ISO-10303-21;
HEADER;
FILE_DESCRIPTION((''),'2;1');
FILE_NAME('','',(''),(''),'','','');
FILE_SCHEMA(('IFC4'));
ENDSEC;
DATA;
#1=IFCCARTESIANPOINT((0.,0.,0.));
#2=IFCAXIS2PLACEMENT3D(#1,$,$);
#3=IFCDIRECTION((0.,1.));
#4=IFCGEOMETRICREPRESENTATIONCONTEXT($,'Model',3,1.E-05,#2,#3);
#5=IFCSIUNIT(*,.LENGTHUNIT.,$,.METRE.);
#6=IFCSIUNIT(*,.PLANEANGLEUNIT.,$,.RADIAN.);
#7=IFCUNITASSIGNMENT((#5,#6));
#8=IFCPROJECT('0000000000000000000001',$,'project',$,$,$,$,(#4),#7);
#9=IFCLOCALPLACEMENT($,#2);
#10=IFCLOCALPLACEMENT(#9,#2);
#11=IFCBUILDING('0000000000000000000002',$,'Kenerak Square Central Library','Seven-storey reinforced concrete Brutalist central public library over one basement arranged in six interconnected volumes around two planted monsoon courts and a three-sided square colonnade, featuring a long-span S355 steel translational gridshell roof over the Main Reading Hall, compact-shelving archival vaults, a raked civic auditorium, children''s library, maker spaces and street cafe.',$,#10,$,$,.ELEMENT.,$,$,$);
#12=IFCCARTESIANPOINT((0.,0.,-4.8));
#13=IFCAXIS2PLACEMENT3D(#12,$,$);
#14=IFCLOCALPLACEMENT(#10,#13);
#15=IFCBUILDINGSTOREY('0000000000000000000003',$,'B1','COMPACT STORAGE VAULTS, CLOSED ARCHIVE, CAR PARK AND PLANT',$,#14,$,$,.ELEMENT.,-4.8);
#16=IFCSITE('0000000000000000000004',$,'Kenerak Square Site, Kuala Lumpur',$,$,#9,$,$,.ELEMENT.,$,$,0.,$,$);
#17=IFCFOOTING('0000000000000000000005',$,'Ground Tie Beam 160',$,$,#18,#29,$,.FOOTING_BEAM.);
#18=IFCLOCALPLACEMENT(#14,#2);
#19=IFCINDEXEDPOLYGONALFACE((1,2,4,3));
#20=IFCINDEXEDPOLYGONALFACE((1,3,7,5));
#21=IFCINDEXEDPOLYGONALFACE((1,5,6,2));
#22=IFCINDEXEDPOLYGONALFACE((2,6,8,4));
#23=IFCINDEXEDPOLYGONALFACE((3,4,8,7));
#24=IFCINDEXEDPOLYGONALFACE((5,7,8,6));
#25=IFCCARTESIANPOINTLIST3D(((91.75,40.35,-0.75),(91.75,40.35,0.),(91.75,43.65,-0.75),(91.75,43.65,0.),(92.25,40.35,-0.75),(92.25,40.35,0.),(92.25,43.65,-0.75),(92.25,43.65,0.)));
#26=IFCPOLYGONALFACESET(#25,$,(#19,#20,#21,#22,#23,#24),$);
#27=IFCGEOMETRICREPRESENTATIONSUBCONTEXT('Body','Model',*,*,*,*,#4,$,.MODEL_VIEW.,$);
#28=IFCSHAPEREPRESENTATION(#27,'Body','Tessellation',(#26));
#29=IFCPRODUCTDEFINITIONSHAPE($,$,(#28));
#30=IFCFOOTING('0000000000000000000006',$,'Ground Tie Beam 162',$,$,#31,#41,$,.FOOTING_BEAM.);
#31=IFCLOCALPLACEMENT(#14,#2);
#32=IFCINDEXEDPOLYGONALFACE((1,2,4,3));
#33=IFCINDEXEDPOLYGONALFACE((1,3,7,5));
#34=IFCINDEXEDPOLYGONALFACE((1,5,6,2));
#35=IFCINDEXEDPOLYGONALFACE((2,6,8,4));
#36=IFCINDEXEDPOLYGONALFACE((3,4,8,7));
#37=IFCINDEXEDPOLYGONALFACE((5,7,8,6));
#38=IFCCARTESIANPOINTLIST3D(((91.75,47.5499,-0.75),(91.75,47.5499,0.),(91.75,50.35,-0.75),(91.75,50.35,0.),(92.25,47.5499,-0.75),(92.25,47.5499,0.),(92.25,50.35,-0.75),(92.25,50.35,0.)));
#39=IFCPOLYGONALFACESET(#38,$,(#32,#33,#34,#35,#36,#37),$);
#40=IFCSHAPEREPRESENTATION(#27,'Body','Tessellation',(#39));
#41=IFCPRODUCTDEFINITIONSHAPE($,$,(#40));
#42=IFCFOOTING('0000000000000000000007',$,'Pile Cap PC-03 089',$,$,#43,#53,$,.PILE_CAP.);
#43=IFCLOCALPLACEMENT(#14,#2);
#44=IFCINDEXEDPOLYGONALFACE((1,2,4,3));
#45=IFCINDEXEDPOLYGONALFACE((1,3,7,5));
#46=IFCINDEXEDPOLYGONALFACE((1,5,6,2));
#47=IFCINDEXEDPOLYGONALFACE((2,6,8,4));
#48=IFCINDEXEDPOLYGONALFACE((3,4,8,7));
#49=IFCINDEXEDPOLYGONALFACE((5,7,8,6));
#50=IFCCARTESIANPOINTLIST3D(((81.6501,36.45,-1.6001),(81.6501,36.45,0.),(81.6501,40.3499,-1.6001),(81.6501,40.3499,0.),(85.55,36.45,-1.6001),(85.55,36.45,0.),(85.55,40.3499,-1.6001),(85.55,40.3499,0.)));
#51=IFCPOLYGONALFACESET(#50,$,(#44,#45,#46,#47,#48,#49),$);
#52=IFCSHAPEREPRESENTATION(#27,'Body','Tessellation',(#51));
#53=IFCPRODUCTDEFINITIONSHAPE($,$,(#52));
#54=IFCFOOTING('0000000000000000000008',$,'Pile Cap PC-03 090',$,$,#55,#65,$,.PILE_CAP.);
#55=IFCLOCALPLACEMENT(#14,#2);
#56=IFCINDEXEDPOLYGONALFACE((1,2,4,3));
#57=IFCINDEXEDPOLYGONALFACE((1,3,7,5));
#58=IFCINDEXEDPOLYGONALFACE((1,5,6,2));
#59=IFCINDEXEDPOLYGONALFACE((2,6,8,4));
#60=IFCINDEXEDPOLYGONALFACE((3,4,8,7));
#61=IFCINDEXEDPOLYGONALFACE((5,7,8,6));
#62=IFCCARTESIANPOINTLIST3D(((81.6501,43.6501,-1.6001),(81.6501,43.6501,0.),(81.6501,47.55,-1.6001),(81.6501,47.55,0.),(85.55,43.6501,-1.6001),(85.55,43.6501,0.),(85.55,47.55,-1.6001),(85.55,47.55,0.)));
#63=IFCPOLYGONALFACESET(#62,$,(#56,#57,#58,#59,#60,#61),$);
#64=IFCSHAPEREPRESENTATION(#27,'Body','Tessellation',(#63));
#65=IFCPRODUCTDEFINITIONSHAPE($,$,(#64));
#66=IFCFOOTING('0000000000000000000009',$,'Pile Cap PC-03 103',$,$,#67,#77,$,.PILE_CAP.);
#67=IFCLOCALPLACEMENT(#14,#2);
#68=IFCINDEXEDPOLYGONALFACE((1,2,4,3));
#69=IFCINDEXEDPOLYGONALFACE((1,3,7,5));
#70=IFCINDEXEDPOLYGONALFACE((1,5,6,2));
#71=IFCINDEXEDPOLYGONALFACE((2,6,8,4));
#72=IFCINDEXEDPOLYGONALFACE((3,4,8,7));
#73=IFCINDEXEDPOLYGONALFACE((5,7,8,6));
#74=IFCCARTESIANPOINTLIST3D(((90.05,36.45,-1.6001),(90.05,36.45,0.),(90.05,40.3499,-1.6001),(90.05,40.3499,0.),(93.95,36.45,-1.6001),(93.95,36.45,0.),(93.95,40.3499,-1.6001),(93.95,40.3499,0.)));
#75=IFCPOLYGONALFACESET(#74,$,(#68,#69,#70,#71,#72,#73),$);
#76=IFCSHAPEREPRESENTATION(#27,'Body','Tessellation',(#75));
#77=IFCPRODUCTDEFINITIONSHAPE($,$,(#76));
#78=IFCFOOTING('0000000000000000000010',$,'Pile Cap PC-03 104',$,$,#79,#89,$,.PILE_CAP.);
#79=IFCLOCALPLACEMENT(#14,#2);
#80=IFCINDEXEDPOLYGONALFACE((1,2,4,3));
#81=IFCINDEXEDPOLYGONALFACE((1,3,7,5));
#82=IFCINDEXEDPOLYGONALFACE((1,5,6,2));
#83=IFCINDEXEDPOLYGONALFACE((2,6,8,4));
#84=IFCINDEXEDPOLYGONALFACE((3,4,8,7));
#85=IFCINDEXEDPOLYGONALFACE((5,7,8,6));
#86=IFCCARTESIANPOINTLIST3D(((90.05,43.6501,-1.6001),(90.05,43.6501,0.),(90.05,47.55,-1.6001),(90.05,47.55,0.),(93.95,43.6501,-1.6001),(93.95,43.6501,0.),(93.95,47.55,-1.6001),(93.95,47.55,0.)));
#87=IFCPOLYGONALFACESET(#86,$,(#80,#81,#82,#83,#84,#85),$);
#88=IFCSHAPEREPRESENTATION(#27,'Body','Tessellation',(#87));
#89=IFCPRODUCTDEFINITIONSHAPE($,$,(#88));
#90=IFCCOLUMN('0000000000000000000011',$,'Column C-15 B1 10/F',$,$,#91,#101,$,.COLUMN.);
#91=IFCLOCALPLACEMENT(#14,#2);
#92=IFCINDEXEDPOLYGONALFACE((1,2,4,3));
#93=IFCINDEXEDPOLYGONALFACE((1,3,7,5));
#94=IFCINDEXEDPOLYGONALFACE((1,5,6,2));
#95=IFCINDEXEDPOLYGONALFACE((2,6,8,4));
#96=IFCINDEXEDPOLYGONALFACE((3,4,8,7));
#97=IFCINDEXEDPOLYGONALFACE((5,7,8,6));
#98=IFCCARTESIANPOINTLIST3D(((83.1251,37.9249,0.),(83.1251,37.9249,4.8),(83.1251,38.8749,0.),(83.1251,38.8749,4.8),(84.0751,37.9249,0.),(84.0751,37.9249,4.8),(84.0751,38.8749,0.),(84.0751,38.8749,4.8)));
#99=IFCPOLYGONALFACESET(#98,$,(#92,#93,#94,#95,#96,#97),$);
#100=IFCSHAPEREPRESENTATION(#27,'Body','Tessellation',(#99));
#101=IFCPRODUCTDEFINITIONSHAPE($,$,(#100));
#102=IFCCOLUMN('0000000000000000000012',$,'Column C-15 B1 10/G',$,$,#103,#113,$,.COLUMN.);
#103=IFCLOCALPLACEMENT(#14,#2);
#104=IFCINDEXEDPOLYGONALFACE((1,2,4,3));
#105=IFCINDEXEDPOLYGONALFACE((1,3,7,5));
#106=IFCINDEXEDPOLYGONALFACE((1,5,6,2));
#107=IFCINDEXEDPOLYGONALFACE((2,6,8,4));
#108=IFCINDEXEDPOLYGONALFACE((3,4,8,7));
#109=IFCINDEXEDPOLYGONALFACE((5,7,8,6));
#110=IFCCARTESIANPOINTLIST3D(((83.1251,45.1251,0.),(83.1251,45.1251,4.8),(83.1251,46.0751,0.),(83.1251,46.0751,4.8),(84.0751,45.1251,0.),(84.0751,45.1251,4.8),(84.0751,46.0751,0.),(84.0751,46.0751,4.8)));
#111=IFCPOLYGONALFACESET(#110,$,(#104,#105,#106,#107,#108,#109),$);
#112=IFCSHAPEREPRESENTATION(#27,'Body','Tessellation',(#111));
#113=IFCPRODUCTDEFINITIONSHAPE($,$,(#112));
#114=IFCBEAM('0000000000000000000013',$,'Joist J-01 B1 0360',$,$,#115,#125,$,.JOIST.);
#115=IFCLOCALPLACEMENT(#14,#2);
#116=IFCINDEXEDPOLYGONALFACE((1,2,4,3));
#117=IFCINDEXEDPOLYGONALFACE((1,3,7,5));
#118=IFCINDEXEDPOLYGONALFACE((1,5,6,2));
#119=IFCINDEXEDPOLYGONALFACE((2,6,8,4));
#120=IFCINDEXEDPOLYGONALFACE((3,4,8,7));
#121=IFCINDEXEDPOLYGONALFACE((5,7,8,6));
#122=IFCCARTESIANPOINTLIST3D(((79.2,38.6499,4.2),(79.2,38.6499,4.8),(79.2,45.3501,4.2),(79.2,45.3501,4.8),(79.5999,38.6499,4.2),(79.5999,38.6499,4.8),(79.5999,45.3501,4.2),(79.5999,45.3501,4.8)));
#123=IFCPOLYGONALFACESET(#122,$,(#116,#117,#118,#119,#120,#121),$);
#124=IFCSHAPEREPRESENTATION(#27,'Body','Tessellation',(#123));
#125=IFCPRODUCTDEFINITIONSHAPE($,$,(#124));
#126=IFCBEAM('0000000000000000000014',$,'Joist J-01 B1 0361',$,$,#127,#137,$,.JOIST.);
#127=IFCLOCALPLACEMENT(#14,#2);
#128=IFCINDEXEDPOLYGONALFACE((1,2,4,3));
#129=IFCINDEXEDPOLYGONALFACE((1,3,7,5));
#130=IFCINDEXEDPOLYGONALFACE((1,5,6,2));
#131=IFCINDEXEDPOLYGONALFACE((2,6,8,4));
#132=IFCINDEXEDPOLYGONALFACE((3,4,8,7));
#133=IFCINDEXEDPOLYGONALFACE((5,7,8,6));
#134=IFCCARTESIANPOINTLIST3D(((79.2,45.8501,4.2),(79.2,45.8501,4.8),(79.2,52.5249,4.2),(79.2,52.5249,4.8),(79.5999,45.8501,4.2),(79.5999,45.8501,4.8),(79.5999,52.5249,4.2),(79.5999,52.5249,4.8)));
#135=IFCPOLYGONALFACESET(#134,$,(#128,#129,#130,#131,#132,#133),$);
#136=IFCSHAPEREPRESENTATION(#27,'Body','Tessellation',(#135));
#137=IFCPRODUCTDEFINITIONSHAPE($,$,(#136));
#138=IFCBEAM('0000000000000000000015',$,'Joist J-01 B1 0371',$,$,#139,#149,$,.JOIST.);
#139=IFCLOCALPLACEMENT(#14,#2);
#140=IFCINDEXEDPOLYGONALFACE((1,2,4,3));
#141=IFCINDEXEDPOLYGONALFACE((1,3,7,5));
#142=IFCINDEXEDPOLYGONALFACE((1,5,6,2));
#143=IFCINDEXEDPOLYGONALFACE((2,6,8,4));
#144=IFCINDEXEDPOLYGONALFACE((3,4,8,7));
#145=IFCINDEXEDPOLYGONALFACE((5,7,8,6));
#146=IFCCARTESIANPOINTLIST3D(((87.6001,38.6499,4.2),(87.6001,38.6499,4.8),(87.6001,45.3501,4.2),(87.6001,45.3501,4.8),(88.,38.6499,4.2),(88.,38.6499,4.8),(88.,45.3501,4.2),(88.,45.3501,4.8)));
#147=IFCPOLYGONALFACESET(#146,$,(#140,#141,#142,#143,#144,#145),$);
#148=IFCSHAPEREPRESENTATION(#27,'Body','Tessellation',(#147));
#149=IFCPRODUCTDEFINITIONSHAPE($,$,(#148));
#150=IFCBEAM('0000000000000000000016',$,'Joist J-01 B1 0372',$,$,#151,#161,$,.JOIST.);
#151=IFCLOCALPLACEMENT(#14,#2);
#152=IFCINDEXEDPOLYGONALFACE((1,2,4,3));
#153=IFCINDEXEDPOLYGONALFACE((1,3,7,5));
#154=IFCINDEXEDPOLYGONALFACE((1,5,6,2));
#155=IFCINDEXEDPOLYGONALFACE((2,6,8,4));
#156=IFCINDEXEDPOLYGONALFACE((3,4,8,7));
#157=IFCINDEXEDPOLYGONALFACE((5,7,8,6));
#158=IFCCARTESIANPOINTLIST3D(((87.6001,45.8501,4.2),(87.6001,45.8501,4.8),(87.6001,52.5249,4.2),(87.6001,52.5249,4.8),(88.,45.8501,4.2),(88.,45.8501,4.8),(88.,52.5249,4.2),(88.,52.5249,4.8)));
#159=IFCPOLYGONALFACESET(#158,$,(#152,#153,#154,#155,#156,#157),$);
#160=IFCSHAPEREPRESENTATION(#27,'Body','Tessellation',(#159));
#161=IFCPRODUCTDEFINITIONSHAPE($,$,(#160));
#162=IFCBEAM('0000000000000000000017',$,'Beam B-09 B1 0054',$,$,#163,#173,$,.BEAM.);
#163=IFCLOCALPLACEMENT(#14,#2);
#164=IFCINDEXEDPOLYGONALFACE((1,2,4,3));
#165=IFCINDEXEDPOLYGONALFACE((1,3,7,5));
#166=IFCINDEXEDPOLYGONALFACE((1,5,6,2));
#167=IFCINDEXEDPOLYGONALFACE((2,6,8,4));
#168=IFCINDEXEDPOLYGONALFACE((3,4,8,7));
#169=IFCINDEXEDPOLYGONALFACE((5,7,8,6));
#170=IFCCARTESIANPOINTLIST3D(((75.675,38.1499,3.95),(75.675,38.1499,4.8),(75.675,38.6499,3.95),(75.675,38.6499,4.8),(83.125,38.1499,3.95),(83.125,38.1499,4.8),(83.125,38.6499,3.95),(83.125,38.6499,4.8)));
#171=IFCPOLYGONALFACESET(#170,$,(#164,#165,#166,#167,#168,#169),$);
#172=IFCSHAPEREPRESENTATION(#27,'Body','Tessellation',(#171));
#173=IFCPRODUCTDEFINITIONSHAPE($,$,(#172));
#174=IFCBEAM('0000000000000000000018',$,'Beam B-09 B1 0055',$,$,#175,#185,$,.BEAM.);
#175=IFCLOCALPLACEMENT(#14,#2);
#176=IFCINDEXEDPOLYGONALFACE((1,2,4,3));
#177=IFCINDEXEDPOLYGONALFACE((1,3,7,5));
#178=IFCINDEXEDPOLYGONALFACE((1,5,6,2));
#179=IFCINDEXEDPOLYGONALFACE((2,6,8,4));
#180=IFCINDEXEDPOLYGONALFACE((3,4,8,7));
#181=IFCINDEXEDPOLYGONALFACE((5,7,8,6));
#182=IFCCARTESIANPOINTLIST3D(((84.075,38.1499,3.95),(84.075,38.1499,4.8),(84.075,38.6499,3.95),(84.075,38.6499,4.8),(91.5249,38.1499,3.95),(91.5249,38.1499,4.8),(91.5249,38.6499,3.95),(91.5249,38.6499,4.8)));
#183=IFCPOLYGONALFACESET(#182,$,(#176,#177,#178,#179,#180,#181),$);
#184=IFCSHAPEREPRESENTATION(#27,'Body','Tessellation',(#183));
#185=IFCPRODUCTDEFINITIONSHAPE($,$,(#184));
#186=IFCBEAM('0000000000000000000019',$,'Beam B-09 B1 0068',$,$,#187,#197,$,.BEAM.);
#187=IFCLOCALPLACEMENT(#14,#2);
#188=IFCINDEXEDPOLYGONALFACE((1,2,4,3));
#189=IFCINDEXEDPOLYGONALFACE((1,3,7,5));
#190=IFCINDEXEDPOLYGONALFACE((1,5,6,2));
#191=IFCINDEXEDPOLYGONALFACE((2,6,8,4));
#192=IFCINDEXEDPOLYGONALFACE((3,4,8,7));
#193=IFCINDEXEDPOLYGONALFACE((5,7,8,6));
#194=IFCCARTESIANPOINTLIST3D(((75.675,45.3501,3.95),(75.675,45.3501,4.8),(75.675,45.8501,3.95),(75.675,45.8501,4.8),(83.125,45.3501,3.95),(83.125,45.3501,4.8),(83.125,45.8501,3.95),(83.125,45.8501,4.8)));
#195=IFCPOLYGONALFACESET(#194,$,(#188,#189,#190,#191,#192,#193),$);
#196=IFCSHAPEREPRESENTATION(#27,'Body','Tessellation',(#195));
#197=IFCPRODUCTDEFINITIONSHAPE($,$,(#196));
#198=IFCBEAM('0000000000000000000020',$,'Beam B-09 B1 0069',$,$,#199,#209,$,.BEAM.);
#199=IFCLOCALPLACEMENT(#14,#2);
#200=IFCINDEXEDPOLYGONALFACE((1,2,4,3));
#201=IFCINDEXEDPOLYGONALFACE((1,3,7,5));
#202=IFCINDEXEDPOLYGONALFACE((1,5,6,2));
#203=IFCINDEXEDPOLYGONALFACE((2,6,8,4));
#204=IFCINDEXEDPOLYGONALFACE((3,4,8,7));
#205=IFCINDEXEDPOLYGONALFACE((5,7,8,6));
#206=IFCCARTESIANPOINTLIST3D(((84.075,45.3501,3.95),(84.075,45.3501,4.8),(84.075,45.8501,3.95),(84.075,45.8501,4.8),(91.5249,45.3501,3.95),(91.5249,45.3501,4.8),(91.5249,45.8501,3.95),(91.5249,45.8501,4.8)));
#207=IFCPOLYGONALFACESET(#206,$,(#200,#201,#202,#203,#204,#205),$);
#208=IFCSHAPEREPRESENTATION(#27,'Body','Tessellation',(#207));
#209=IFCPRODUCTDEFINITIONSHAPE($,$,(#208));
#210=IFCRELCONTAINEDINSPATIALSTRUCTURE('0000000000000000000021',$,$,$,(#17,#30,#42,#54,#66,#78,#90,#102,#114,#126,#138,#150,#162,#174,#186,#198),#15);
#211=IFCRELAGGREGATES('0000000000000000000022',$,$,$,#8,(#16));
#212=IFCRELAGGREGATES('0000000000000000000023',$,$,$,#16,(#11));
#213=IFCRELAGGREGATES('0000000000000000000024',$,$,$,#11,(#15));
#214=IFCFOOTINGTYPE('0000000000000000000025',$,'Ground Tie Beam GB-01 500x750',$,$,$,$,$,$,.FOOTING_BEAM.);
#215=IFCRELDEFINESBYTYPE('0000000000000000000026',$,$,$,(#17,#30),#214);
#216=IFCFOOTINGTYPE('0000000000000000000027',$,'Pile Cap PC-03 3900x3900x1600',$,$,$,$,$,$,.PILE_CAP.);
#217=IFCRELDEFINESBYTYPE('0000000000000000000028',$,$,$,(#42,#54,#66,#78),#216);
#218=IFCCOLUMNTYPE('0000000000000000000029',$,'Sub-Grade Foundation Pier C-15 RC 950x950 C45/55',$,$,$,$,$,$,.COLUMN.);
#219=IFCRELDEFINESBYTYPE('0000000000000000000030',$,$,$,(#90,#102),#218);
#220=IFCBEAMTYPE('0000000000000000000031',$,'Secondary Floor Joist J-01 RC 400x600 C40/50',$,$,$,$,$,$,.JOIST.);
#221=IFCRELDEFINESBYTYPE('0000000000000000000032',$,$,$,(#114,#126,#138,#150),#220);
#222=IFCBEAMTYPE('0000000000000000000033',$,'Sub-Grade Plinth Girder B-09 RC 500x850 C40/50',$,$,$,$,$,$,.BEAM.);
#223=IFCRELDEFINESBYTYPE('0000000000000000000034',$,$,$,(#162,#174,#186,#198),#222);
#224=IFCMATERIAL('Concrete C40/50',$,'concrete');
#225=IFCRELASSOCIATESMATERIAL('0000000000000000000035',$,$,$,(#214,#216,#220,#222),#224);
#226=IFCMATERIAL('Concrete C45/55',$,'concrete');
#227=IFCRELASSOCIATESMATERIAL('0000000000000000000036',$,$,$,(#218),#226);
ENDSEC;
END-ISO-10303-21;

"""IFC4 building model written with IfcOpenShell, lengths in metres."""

from ifc_helpers import new_model, si_unit, direction, frame, origin, origin_2d, place, context, subcontext, project, spatial, rectangle, extrude, material, material_profile, profile_set, type_object, element, save


model = new_model("IFC4")

# Units and contexts
model_context = context("Model", 3, precision=1e-05, world=origin(), true_north=direction((0.0, 1.0)))
body_context = subcontext(model_context, "Body", "Model", "MODEL_VIEW")
ifc_project = project(units=[si_unit("LENGTHUNIT", "METRE"), si_unit("PLANEANGLEUNIT", "RADIAN")], contexts=[model_context])

# Site, building, storey
site_placement = place(None, origin())
site = spatial("IfcSite", under=ifc_project, at=site_placement, Name="Kenerak Square Site, Kuala Lumpur", CompositionType="ELEMENT", RefElevation=0.0)
building_placement = place(site_placement, origin())
building = spatial("IfcBuilding", under=site, at=building_placement, Name="Kenerak Square Central Library", Description="Seven-storey reinforced concrete Brutalist central public library over one basement arranged in six interconnected volumes around two planted monsoon courts and a three-sided square colonnade, featuring a long-span S355 steel translational gridshell roof over the Main Reading Hall, compact-shelving archival vaults, a raked civic auditorium, children's library, maker spaces and street cafe.", CompositionType="ELEMENT")
storey_placement = place(building_placement, frame((0.0, 0.0, -4.8)))
storey = spatial("IfcBuildingStorey", under=building, at=storey_placement, Name="B1", Description="COMPACT STORAGE VAULTS, CLOSED ARCHIVE, CAR PARK AND PLANT", CompositionType="ELEMENT", Elevation=-4.8)

# Shared definitions
ifc_material_1 = material(Name="Concrete C40/50", Category="concrete")

# Footings
footing_type_1 = type_object("IfcFootingType", Name="Ground Tie Beam GB-01 500x750", PredefinedType="FOOTING_BEAM", material=ifc_material_1)
footing_1_placement = place(storey_placement, frame((92.0, 42.0, -0.75), z_axis=(0.0, 0.0, 1.0), x_axis=(1.0, 0.0, 0.0)))
element("IfcFooting", 1, at=footing_1_placement, inside=storey, type_object=footing_type_1, Name="Ground Tie Beam 160", PredefinedType="FOOTING_BEAM", context=body_context, shape_type="SweptSolid", body=[
    extrude(rectangle(XDim=0.5, YDim=3.3, at=origin_2d()), origin(), (0.0, 0.0, 1.0), 0.75),
])
footing_2_placement = place(storey_placement, frame((92.0, 48.95, -0.75), z_axis=(0.0, 0.0, 1.0), x_axis=(1.0, 0.0, 0.0)))
element("IfcFooting", 2, at=footing_2_placement, inside=storey, type_object=footing_type_1, Name="Ground Tie Beam 162", PredefinedType="FOOTING_BEAM", context=body_context, shape_type="SweptSolid", body=[
    extrude(rectangle(XDim=0.5, YDim=2.8, at=origin_2d()), origin(), (0.0, 0.0, 1.0), 0.75),
])
footing_type_2 = type_object("IfcFootingType", Name="Pile Cap PC-03 3900x3900x1600", PredefinedType="PILE_CAP", material=ifc_material_1)
for number, where, z_axis, x_axis, name in (
    (3, (83.6001, 38.3999, -1.6001), (0.0, 0.0, 1.0), (1.0, 0.0, 0.0), "Pile Cap PC-03 089"),
    (4, (83.6001, 45.6001, -1.6001), (0.0, 0.0, 1.0), (1.0, 0.0, 0.0), "Pile Cap PC-03 090"),
    (5, (92.0, 38.3999, -1.6001), (0.0, 0.0, 1.0), (1.0, 0.0, 0.0), "Pile Cap PC-03 103"),
    (6, (92.0, 45.6001, -1.6001), (0.0, 0.0, 1.0), (1.0, 0.0, 0.0), "Pile Cap PC-03 104"),
):
    element("IfcFooting", number, at=place(storey_placement, frame(where, z_axis=z_axis, x_axis=x_axis)), inside=storey, type_object=footing_type_2, Name=name, PredefinedType="PILE_CAP", context=body_context, shape_type="SweptSolid", body=[
        extrude(rectangle(XDim=3.8999, YDim=3.8999, at=origin_2d()), origin(), (0.0, 0.0, 1.0), 1.6001),
    ])

# Columns
ifc_material_2 = material(Name="Concrete C45/55", Category="concrete")
ifc_material_profile_1 = material_profile(ifc_material_2, rectangle(XDim=0.95, YDim=0.95, at=origin_2d()), Name="RC 950x950")
ifc_profile_set_1 = profile_set([ifc_material_profile_1], Name="Concrete C45/55")
column_type = type_object("IfcColumnType", Name="Sub-Grade Foundation Pier C-15 RC 950x950 C45/55", PredefinedType="COLUMN", material=ifc_profile_set_1)
for number, where, z_axis, x_axis, name in (
    (7, (83.6001, 38.3999, 0.0), (0.0, 0.0, 1.0), (1.0, 0.0, 0.0), "Column C-15 B1 10/F"),
    (8, (83.6001, 45.6001, 0.0), (0.0, 0.0, 1.0), (1.0, 0.0, 0.0), "Column C-15 B1 10/G"),
):
    element("IfcColumn", number, at=place(storey_placement, frame(where, z_axis=z_axis, x_axis=x_axis)), inside=storey, type_object=column_type, Name=name, PredefinedType="COLUMN", context=body_context, shape_type="SweptSolid", body=[
        extrude(rectangle(XDim=0.95, YDim=0.95, at=origin_2d()), origin(), (0.0, 0.0, 1.0), 4.8),
    ])

# Beams
ifc_material_profile_2 = material_profile(ifc_material_1, rectangle(XDim=0.3999, YDim=0.6001, at=origin_2d()), Name="RC 400x600")
ifc_profile_set_2 = profile_set([ifc_material_profile_2], Name="Concrete C40/50")
beam_type_1 = type_object("IfcBeamType", Name="Secondary Floor Joist J-01 RC 400x600 C40/50", PredefinedType="JOIST", material=ifc_profile_set_2)
beam_1_placement = place(storey_placement, frame((79.3999, 38.6499, 4.5), z_axis=(0.0, 1.0, 0.0), x_axis=(-1.0, 0.0, 0.0)))
element("IfcBeam", 9, at=beam_1_placement, inside=storey, type_object=beam_type_1, Name="Joist J-01 B1 0360", PredefinedType="JOIST", context=body_context, shape_type="SweptSolid", body=[
    extrude(rectangle(XDim=0.3999, YDim=0.6001, at=origin_2d()), origin(), (0.0, 0.0, 1.0), 6.7002),
])
beam_2_placement = place(storey_placement, frame((79.3999, 45.8501, 4.5), z_axis=(0.0, 1.0, 0.0), x_axis=(-1.0, 0.0, 0.0)))
element("IfcBeam", 10, at=beam_2_placement, inside=storey, type_object=beam_type_1, Name="Joist J-01 B1 0361", PredefinedType="JOIST", context=body_context, shape_type="SweptSolid", body=[
    extrude(rectangle(XDim=0.3999, YDim=0.6001, at=origin_2d()), origin(), (0.0, 0.0, 1.0), 6.6748),
])
beam_3_placement = place(storey_placement, frame((87.8, 38.6499, 4.5), z_axis=(0.0, 1.0, 0.0), x_axis=(-1.0, 0.0, 0.0)))
element("IfcBeam", 11, at=beam_3_placement, inside=storey, type_object=beam_type_1, Name="Joist J-01 B1 0371", PredefinedType="JOIST", context=body_context, shape_type="SweptSolid", body=[
    extrude(rectangle(XDim=0.3999, YDim=0.6001, at=origin_2d()), origin(), (0.0, 0.0, 1.0), 6.7002),
])
beam_4_placement = place(storey_placement, frame((87.8, 45.8501, 4.5), z_axis=(0.0, 1.0, 0.0), x_axis=(-1.0, 0.0, 0.0)))
element("IfcBeam", 12, at=beam_4_placement, inside=storey, type_object=beam_type_1, Name="Joist J-01 B1 0372", PredefinedType="JOIST", context=body_context, shape_type="SweptSolid", body=[
    extrude(rectangle(XDim=0.3999, YDim=0.6001, at=origin_2d()), origin(), (0.0, 0.0, 1.0), 6.6748),
])
ifc_material_profile_3 = material_profile(ifc_material_1, rectangle(XDim=0.5, YDim=0.8501, at=origin_2d()), Name="RC 500x850")
ifc_profile_set_3 = profile_set([ifc_material_profile_3], Name="Concrete C40/50")
beam_type_2 = type_object("IfcBeamType", Name="Sub-Grade Plinth Girder B-09 RC 500x850 C40/50", PredefinedType="BEAM", material=ifc_profile_set_3)
for number, where, z_axis, x_axis, name in (
    (13, (75.675, 38.3999, 4.375), (1.0, 0.0, 0.0), (0.0, 1.0, 0.0), "Beam B-09 B1 0054"),
    (14, (84.075, 38.3999, 4.375), (1.0, 0.0, 0.0), (0.0, 1.0, 0.0), "Beam B-09 B1 0055"),
    (15, (75.675, 45.6001, 4.375), (1.0, 0.0, 0.0), (0.0, 1.0, 0.0), "Beam B-09 B1 0068"),
    (16, (84.075, 45.6001, 4.375), (1.0, 0.0, 0.0), (0.0, 1.0, 0.0), "Beam B-09 B1 0069"),
):
    element("IfcBeam", number, at=place(storey_placement, frame(where, z_axis=z_axis, x_axis=x_axis)), inside=storey, type_object=beam_type_2, Name=name, PredefinedType="BEAM", context=body_context, shape_type="SweptSolid", body=[
        extrude(rectangle(XDim=0.5, YDim=0.8501, at=origin_2d()), origin(), (0.0, 0.0, 1.0), 7.45),
    ])

save(model, "model.ifc")
